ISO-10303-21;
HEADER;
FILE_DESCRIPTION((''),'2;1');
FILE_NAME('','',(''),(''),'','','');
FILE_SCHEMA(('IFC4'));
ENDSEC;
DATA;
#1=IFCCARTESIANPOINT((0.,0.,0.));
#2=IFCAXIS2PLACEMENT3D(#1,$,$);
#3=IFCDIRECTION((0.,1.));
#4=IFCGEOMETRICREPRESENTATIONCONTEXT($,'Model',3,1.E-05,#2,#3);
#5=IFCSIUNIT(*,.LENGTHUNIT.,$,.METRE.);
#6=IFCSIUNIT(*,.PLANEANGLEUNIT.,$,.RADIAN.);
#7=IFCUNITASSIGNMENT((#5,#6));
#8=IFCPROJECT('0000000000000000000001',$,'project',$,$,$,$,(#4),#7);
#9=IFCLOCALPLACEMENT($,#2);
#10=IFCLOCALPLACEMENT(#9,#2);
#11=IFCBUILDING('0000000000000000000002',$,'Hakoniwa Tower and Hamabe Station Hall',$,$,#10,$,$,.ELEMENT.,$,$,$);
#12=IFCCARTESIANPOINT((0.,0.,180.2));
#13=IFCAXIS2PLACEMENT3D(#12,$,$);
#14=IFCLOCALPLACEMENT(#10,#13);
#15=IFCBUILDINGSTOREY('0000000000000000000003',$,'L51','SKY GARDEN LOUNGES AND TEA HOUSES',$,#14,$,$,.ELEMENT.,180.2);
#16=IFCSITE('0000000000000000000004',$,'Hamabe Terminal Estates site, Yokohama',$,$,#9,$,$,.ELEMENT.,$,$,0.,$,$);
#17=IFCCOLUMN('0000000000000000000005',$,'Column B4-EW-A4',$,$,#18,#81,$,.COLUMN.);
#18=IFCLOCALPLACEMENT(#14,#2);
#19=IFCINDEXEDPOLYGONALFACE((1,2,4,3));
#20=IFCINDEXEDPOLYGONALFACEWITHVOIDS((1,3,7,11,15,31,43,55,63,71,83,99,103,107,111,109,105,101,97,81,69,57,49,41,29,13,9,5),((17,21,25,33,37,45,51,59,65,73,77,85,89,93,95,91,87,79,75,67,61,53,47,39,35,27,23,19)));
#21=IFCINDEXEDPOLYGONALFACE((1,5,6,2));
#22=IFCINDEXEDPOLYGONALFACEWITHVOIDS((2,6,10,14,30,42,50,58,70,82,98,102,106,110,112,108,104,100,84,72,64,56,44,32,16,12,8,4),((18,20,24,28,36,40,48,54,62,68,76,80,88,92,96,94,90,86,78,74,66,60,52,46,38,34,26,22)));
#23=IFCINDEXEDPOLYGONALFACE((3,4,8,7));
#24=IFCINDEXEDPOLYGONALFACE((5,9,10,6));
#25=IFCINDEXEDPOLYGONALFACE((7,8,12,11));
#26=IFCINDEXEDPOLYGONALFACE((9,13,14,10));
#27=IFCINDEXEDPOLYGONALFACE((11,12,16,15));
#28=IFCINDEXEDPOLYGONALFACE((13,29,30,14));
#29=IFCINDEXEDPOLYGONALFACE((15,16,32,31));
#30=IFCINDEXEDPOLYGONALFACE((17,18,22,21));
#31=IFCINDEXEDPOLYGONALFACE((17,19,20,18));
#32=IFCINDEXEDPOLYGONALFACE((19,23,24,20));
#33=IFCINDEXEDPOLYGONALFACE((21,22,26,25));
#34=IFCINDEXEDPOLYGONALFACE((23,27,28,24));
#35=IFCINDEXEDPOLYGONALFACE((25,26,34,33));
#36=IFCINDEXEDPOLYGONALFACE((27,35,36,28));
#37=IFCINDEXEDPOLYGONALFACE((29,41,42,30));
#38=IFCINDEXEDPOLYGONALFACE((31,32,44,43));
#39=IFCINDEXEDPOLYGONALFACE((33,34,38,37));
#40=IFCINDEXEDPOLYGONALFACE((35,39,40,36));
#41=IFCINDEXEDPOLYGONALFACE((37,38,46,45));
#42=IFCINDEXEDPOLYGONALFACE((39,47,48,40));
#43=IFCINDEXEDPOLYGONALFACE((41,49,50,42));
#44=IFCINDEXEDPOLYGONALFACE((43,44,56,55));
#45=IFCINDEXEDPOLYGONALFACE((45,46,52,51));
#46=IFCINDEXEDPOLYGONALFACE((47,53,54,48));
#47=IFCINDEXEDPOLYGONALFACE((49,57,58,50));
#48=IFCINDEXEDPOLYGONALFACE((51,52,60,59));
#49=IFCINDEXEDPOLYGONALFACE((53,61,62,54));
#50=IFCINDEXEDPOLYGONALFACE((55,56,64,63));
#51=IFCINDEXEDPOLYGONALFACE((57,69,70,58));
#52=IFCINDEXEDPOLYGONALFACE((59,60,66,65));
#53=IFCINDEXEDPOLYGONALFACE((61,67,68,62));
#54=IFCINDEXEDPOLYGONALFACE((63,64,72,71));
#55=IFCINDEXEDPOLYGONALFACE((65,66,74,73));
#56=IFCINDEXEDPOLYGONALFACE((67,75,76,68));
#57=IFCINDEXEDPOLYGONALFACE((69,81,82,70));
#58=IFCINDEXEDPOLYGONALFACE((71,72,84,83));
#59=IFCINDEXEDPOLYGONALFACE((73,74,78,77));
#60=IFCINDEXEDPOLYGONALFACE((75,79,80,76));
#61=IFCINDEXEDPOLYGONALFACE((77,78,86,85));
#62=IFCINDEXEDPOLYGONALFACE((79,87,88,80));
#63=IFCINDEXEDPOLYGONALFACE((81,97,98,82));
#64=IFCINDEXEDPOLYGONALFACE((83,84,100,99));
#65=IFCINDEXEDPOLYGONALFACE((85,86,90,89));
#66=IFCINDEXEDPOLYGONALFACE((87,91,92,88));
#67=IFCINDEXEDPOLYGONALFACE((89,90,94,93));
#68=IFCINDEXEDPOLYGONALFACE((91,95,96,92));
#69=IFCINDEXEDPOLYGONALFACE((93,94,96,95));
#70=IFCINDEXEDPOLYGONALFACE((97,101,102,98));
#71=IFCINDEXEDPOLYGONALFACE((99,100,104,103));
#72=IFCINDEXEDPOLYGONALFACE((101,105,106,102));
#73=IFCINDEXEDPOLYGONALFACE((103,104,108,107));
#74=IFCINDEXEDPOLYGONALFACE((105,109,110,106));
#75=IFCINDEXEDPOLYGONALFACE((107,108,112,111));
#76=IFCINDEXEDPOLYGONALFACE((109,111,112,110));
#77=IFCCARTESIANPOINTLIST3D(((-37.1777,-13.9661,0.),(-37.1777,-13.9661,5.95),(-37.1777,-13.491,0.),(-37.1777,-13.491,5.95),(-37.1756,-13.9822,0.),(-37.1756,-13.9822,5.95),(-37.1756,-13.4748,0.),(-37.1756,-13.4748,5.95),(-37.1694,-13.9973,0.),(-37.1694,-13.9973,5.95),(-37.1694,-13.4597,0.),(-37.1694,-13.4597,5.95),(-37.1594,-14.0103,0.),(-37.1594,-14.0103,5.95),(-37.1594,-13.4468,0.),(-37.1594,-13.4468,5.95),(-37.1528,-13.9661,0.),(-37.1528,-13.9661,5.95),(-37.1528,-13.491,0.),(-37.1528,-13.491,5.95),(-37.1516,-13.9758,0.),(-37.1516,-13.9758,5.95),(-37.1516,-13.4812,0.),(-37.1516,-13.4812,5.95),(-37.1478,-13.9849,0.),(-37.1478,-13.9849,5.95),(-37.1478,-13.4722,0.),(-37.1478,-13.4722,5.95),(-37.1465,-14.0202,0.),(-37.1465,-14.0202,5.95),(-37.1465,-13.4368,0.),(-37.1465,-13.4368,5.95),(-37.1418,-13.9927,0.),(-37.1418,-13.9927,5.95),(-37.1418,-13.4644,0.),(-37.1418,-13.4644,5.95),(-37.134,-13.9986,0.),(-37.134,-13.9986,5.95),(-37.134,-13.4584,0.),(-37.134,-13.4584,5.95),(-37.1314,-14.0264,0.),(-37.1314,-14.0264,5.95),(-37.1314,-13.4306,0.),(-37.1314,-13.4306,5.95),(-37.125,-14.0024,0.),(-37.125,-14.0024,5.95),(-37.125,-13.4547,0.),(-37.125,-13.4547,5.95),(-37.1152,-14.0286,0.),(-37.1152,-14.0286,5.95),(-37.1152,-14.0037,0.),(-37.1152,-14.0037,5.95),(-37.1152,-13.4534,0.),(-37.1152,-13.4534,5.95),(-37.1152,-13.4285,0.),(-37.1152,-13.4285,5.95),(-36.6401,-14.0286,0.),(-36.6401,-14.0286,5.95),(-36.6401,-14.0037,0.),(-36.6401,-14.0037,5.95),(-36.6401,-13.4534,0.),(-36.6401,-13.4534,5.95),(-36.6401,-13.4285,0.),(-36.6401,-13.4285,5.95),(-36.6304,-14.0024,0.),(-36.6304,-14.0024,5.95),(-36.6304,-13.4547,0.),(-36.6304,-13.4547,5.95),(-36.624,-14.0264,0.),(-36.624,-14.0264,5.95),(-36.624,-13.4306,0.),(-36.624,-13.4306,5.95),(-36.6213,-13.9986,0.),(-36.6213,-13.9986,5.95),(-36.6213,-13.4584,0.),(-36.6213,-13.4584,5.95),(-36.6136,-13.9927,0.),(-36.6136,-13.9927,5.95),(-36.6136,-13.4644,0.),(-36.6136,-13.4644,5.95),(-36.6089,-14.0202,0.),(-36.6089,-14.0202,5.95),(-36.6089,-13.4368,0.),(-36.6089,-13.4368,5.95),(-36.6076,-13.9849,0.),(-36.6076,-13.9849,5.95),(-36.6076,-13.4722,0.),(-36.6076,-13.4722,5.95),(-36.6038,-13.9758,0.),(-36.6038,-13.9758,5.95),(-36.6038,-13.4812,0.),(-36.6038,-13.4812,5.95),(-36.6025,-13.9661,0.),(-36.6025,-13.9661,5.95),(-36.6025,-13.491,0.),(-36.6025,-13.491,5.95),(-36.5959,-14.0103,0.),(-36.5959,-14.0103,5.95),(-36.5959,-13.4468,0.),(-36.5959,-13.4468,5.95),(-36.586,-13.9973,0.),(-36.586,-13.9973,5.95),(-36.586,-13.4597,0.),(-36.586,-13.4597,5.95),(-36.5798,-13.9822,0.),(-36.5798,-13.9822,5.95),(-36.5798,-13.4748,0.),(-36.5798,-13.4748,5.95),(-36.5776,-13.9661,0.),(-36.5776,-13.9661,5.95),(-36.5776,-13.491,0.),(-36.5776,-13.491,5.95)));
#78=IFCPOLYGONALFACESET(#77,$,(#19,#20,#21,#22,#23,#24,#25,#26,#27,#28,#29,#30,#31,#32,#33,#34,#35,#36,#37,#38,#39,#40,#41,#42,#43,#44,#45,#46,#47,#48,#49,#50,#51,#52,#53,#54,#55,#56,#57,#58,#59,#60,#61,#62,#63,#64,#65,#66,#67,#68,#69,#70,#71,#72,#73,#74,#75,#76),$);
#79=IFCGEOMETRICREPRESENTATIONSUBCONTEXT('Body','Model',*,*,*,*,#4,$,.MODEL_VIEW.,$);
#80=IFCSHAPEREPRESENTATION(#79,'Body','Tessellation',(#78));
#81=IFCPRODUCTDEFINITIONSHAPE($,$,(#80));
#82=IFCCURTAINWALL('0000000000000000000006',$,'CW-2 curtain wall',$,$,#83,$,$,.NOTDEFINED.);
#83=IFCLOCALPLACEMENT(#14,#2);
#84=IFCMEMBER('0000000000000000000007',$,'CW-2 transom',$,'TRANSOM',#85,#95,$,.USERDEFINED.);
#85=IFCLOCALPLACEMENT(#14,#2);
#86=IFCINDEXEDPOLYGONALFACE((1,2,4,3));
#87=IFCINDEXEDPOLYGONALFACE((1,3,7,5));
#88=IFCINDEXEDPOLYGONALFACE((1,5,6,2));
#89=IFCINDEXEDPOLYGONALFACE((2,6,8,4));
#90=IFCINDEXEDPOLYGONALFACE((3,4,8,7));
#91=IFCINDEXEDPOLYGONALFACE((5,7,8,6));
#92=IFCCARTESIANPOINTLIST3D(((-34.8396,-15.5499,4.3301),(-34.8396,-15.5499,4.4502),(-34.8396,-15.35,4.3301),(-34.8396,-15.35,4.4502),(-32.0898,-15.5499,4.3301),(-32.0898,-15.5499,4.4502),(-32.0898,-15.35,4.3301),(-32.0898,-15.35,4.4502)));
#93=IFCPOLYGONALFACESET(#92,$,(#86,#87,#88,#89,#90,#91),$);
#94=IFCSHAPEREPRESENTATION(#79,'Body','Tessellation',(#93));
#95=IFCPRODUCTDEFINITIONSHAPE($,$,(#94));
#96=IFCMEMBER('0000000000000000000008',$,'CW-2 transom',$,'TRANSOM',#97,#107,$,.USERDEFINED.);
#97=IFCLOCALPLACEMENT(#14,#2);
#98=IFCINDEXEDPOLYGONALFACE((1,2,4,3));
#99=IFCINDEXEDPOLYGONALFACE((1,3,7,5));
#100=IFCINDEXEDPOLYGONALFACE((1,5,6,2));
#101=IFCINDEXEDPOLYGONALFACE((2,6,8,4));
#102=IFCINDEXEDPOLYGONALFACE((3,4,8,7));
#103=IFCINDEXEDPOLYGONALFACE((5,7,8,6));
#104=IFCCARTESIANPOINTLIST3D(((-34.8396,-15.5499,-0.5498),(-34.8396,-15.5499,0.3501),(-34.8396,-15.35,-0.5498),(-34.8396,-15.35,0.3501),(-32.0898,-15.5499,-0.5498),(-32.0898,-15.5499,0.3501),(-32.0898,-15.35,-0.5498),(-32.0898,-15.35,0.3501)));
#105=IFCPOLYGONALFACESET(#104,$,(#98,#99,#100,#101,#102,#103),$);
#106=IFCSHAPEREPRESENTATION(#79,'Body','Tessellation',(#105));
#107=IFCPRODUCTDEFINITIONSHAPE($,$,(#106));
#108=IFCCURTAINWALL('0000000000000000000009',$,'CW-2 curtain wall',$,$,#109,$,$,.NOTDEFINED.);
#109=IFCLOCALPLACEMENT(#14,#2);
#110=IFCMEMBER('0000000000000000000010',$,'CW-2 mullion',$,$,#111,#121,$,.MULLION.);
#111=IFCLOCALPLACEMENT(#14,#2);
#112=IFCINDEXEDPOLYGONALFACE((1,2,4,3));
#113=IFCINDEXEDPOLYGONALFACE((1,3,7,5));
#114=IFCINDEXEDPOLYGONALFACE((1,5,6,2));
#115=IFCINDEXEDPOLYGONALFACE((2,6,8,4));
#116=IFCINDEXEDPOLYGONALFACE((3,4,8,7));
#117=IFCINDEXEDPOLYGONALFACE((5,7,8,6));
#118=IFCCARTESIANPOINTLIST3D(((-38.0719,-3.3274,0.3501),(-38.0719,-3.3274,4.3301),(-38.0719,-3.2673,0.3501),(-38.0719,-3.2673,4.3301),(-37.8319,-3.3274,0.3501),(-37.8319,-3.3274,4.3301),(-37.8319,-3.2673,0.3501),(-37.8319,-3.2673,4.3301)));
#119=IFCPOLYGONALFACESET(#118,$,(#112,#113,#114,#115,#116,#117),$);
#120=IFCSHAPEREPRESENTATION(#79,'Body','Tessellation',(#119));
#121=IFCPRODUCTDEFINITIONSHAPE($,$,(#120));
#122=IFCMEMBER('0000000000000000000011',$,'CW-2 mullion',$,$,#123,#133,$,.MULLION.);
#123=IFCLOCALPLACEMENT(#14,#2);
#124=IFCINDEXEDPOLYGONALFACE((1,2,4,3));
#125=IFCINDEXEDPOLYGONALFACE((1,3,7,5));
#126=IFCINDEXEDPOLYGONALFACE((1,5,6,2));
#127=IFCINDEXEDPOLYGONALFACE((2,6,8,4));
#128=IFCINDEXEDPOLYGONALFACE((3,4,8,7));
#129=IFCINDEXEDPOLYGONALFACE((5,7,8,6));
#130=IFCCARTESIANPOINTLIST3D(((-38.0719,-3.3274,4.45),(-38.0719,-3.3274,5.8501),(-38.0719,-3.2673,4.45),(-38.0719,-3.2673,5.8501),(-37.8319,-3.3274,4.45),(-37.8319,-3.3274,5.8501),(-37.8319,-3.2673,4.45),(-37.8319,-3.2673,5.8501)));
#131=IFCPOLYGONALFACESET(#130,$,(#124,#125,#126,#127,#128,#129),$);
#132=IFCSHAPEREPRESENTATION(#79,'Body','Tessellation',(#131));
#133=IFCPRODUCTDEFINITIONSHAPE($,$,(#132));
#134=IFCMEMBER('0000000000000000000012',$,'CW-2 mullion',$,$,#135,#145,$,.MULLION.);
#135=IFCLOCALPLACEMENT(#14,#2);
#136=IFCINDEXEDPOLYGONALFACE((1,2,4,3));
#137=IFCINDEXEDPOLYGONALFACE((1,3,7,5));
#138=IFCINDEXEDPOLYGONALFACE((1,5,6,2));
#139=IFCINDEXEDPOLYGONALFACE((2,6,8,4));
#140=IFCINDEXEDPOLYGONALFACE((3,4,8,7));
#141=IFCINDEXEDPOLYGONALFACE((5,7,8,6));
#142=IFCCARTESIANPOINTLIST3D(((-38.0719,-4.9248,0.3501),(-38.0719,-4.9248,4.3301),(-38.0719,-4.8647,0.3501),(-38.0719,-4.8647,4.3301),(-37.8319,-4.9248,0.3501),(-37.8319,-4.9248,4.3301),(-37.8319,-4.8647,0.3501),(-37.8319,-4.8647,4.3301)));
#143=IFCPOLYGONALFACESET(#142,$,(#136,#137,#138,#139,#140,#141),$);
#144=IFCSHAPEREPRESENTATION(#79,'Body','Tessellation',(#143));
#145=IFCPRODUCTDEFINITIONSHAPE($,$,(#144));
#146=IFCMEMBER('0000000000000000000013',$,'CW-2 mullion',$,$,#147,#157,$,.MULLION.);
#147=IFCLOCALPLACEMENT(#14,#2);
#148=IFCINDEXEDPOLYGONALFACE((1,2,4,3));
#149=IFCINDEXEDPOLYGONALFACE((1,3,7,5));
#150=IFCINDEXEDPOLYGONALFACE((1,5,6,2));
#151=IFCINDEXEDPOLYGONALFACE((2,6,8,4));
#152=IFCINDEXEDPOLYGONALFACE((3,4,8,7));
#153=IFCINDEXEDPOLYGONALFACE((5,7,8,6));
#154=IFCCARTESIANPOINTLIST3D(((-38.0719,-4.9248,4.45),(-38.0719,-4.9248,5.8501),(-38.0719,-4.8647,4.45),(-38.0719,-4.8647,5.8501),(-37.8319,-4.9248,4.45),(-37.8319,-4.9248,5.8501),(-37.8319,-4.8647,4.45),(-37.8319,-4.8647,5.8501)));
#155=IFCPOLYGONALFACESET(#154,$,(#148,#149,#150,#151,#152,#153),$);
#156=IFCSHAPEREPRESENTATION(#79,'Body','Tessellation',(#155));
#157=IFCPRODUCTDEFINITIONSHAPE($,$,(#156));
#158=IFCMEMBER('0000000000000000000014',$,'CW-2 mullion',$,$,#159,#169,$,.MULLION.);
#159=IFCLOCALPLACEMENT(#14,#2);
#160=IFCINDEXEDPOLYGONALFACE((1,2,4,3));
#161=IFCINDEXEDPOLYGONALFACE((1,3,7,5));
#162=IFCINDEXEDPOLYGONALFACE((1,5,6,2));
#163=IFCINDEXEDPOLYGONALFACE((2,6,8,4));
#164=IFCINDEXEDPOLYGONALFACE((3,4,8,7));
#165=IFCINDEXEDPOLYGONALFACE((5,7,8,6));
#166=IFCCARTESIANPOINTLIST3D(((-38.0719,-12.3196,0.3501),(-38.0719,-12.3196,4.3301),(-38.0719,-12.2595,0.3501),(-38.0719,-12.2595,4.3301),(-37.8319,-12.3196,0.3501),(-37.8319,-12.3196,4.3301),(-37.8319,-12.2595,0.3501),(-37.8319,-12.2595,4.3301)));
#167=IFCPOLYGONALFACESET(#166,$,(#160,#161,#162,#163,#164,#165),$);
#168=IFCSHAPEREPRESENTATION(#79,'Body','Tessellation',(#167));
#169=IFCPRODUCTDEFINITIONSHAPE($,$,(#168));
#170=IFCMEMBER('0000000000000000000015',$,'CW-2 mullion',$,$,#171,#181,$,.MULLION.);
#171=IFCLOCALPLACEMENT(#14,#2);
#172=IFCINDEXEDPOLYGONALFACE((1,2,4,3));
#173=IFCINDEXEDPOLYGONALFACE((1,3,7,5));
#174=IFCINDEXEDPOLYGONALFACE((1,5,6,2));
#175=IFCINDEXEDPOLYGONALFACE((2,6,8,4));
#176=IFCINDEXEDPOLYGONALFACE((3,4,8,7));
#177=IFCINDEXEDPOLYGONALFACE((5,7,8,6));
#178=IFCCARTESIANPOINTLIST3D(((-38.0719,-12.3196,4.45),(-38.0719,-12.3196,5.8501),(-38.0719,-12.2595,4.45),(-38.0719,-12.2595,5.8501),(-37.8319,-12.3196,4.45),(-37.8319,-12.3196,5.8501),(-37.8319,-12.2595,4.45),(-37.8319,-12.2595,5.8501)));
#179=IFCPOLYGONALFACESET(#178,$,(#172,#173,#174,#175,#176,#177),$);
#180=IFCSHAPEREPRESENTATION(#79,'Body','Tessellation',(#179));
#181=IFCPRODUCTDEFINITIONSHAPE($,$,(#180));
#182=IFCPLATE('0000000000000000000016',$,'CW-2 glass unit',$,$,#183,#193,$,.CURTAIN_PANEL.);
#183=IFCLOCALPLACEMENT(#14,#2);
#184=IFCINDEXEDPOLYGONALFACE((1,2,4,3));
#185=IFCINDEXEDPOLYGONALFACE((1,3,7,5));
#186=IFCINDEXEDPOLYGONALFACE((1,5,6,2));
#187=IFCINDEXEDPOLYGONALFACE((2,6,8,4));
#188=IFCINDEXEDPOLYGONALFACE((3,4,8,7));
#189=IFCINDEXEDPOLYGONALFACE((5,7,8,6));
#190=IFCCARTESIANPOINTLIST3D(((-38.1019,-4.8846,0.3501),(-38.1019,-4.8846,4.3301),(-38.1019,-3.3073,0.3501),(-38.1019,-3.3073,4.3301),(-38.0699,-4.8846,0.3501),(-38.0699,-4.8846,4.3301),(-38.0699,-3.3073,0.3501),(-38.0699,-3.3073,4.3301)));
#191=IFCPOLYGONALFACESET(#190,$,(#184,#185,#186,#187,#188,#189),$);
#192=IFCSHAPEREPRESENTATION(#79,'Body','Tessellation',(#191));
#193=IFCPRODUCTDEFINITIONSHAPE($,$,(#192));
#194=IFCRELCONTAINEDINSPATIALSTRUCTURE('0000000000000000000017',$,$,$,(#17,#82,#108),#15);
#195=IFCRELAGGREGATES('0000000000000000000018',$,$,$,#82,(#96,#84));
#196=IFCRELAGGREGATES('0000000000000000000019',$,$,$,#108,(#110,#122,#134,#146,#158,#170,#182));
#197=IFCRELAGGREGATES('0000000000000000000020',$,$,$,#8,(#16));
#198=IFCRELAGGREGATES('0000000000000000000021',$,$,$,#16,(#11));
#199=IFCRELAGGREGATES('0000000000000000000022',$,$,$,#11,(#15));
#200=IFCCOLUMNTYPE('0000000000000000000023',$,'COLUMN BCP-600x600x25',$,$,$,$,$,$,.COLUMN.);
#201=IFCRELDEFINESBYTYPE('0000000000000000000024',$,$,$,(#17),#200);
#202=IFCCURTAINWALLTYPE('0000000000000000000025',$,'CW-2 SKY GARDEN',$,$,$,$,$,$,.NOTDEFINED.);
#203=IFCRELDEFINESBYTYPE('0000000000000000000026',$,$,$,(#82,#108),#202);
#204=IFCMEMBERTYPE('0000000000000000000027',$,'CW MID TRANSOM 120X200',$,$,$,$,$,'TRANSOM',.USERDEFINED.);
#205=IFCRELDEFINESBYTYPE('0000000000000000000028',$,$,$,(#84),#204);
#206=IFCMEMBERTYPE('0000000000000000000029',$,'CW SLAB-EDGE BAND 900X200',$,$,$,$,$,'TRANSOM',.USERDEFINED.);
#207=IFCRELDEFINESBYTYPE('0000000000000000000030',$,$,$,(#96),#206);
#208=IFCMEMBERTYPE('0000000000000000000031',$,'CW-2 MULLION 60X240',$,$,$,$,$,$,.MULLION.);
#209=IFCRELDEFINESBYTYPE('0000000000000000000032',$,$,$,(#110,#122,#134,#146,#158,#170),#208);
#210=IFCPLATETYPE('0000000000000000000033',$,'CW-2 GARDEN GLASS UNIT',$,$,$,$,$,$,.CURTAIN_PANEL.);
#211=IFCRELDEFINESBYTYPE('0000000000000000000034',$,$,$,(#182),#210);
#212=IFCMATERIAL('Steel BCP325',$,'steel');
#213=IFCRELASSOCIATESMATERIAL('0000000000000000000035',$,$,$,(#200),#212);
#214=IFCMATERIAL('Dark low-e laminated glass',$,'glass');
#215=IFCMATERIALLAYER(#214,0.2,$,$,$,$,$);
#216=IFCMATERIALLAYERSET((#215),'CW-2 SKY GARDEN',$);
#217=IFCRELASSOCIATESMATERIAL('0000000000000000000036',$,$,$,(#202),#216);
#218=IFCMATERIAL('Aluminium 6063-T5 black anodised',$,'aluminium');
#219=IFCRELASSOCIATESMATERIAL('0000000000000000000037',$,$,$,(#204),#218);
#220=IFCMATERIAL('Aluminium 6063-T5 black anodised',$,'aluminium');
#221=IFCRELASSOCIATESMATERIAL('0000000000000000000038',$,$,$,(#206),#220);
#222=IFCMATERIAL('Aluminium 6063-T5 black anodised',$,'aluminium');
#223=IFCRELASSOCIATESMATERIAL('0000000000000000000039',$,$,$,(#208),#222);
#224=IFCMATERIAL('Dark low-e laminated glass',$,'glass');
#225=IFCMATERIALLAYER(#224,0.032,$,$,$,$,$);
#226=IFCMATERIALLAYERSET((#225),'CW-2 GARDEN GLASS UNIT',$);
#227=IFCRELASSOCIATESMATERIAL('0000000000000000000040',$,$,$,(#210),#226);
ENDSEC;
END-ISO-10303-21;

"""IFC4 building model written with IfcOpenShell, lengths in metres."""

from ifc_helpers import new_model, si_unit, direction, frame, origin, origin_2d, place, context, subcontext, project, spatial, rectangle, hollow_rectangle, extrude, material, layer, layer_set, material_profile, profile_set, type_object, element, aggregate, save


model = new_model("IFC4")

# Units and contexts
model_context = context("Model", 3, precision=1e-05, world=origin(), true_north=direction((0.0, 1.0)))
body_context = subcontext(model_context, "Body", "Model", "MODEL_VIEW")
ifc_project = project(units=[si_unit("LENGTHUNIT", "METRE"), si_unit("PLANEANGLEUNIT", "RADIAN")], contexts=[model_context])

# Site, building, storey
site_placement = place(None, origin())
site = spatial("IfcSite", under=ifc_project, at=site_placement, Name="Hamabe Terminal Estates site, Yokohama", CompositionType="ELEMENT", RefElevation=0.0)
building_placement = place(site_placement, origin())
building = spatial("IfcBuilding", under=site, at=building_placement, Name="Hakoniwa Tower and Hamabe Station Hall", CompositionType="ELEMENT")
storey_placement = place(building_placement, frame((0.0, 0.0, 180.2)))
storey = spatial("IfcBuildingStorey", under=building, at=storey_placement, Name="L51", Description="SKY GARDEN LOUNGES AND TEA HOUSES", CompositionType="ELEMENT", Elevation=180.2)

# Column
ifc_material_1 = material(Name="Steel BCP325", Category="steel")
ifc_material_profile_1 = material_profile(ifc_material_1, hollow_rectangle(XDim=0.6001, YDim=0.6001, WallThickness=0.0249, InnerFilletRadius=0.0376, OuterFilletRadius=0.0625, at=origin_2d()), Name="BCP-600x600x25")
ifc_profile_set_1 = profile_set([ifc_material_profile_1], Name="Steel BCP325")
column_type = type_object("IfcColumnType", Name="COLUMN BCP-600x600x25", PredefinedType="COLUMN", material=ifc_profile_set_1)
column_placement = place(storey_placement, frame((-36.8777, -13.7285, 0.0), z_axis=(0.0, 0.0, 1.0), x_axis=(1.0, 0.0, 0.0)))
element("IfcColumn", 1, at=column_placement, inside=storey, type_object=column_type, Name="Column B4-EW-A4", PredefinedType="COLUMN", context=body_context, shape_type="SweptSolid", body=[
    extrude(hollow_rectangle(XDim=0.6001, YDim=0.6001, WallThickness=0.0249, InnerFilletRadius=0.0376, OuterFilletRadius=0.0625, at=origin_2d()), origin(), (0.0, 0.0, 1.0), 5.95),
])

# Curtain wall, members
ifc_material_2 = material(Name="Dark low-e laminated glass", Category="glass")
ifc_layer_1 = layer(ifc_material_2, 0.2)
ifc_layer_set_1 = layer_set([ifc_layer_1], Name="CW-2 SKY GARDEN")
curtain_wall_type = type_object("IfcCurtainWallType", Name="CW-2 SKY GARDEN", PredefinedType="NOTDEFINED", material=ifc_layer_set_1)
curtain_wall_1_placement = place(storey_placement, origin())
curtain_wall_1 = element("IfcCurtainWall", 2, at=curtain_wall_1_placement, inside=storey, type_object=curtain_wall_type, Name="CW-2 curtain wall", PredefinedType="NOTDEFINED")
ifc_material_3 = material(Name="Aluminium 6063-T5 black anodised", Category="aluminium")
ifc_material_profile_2 = material_profile(ifc_material_3, rectangle(XDim=0.2, YDim=0.1201, at=origin_2d()), Name="CW MID TRANSOM 120X200")
ifc_profile_set_2 = profile_set([ifc_material_profile_2], Name="Aluminium 6063-T5 black anodised")
member_type_1 = type_object("IfcMemberType", Name="CW MID TRANSOM 120X200", ElementType="TRANSOM", PredefinedType="USERDEFINED", material=ifc_profile_set_2)
member_1_placement = place(storey_placement, frame((-34.8396, -15.45, 4.3901), z_axis=(1.0, 0.0, 0.0), x_axis=(0.0, 1.0, 0.0)))
member_1 = element("IfcMember", 3, at=member_1_placement, type_object=member_type_1, Name="CW-2 transom", ObjectType="TRANSOM", PredefinedType="USERDEFINED", context=body_context, shape_type="SweptSolid", body=[
    extrude(rectangle(XDim=0.2, YDim=0.1201, at=origin_2d()), origin(), (0.0, 0.0, 1.0), 2.7498),
])
ifc_material_4 = material(Name="Aluminium 6063-T5 black anodised", Category="aluminium")
ifc_material_profile_3 = material_profile(ifc_material_4, rectangle(XDim=0.2, YDim=0.8999, at=origin_2d()), Name="CW SLAB-EDGE BAND 900X200")
ifc_profile_set_3 = profile_set([ifc_material_profile_3], Name="Aluminium 6063-T5 black anodised")
member_type_2 = type_object("IfcMemberType", Name="CW SLAB-EDGE BAND 900X200", ElementType="TRANSOM", PredefinedType="USERDEFINED", material=ifc_profile_set_3)
member_2_placement = place(storey_placement, frame((-34.8396, -15.45, -0.0999), z_axis=(1.0, 0.0, 0.0), x_axis=(0.0, 1.0, 0.0)))
member_2 = element("IfcMember", 4, at=member_2_placement, type_object=member_type_2, Name="CW-2 transom", ObjectType="TRANSOM", PredefinedType="USERDEFINED", context=body_context, shape_type="SweptSolid", body=[
    extrude(rectangle(XDim=0.2, YDim=0.8999, at=origin_2d()), origin(), (0.0, 0.0, 1.0), 2.7498),
])
aggregate(curtain_wall_1, [member_2, member_1])

# Curtain wall, members, plate
curtain_wall_2_placement = place(storey_placement, origin())
curtain_wall_2 = element("IfcCurtainWall", 5, at=curtain_wall_2_placement, inside=storey, type_object=curtain_wall_type, Name="CW-2 curtain wall", PredefinedType="NOTDEFINED")
ifc_material_5 = material(Name="Aluminium 6063-T5 black anodised", Category="aluminium")
ifc_material_profile_4 = material_profile(ifc_material_5, rectangle(XDim=0.0601, YDim=0.24, at=origin_2d()), Name="CW-2 MULLION 60X240")
ifc_profile_set_4 = profile_set([ifc_material_profile_4], Name="Aluminium 6063-T5 black anodised")
member_type_3 = type_object("IfcMemberType", Name="CW-2 MULLION 60X240", PredefinedType="MULLION", material=ifc_profile_set_4)
member_3_placement = place(storey_placement, frame((-37.9519, -3.2974, 0.3501), z_axis=(0.0, 0.0, 1.0), x_axis=(0.0, -1.0, 0.0)))
member_3 = element("IfcMember", 6, at=member_3_placement, type_object=member_type_3, Name="CW-2 mullion", PredefinedType="MULLION", context=body_context, shape_type="SweptSolid", body=[
    extrude(rectangle(XDim=0.0601, YDim=0.24, at=origin_2d()), origin(), (0.0, 0.0, 1.0), 3.98),
])
member_4_placement = place(storey_placement, frame((-37.9519, -3.2974, 4.45), z_axis=(0.0, 0.0, 1.0), x_axis=(0.0, -1.0, 0.0)))
member_4 = element("IfcMember", 7, at=member_4_placement, type_object=member_type_3, Name="CW-2 mullion", PredefinedType="MULLION", context=body_context, shape_type="SweptSolid", body=[
    extrude(rectangle(XDim=0.0601, YDim=0.24, at=origin_2d()), origin(), (0.0, 0.0, 1.0), 1.4001),
])
member_5_placement = place(storey_placement, frame((-37.9519, -4.8948, 0.3501), z_axis=(0.0, 0.0, 1.0), x_axis=(0.0, -1.0, 0.0)))
member_5 = element("IfcMember", 8, at=member_5_placement, type_object=member_type_3, Name="CW-2 mullion", PredefinedType="MULLION", context=body_context, shape_type="SweptSolid", body=[
    extrude(rectangle(XDim=0.0601, YDim=0.24, at=origin_2d()), origin(), (0.0, 0.0, 1.0), 3.98),
])
member_6_placement = place(storey_placement, frame((-37.9519, -4.8948, 4.45), z_axis=(0.0, 0.0, 1.0), x_axis=(0.0, -1.0, 0.0)))
member_6 = element("IfcMember", 9, at=member_6_placement, type_object=member_type_3, Name="CW-2 mullion", PredefinedType="MULLION", context=body_context, shape_type="SweptSolid", body=[
    extrude(rectangle(XDim=0.0601, YDim=0.24, at=origin_2d()), origin(), (0.0, 0.0, 1.0), 1.4001),
])
member_7_placement = place(storey_placement, frame((-37.9519, -12.2896, 0.3501), z_axis=(0.0, 0.0, 1.0), x_axis=(0.0, -1.0, 0.0)))
member_7 = element("IfcMember", 10, at=member_7_placement, type_object=member_type_3, Name="CW-2 mullion", PredefinedType="MULLION", context=body_context, shape_type="SweptSolid", body=[
    extrude(rectangle(XDim=0.0601, YDim=0.24, at=origin_2d()), origin(), (0.0, 0.0, 1.0), 3.98),
])
member_8_placement = place(storey_placement, frame((-37.9519, -12.2896, 4.45), z_axis=(0.0, 0.0, 1.0), x_axis=(0.0, -1.0, 0.0)))
member_8 = element("IfcMember", 11, at=member_8_placement, type_object=member_type_3, Name="CW-2 mullion", PredefinedType="MULLION", context=body_context, shape_type="SweptSolid", body=[
    extrude(rectangle(XDim=0.0601, YDim=0.24, at=origin_2d()), origin(), (0.0, 0.0, 1.0), 1.4001),
])
ifc_material_6 = material(Name="Dark low-e laminated glass", Category="glass")
ifc_layer_2 = layer(ifc_material_6, 0.032)
ifc_layer_set_2 = layer_set([ifc_layer_2], Name="CW-2 GARDEN GLASS UNIT")
plate_type = type_object("IfcPlateType", Name="CW-2 GARDEN GLASS UNIT", PredefinedType="CURTAIN_PANEL", material=ifc_layer_set_2)
plate_1_placement = place(storey_placement, frame((-38.0859, -4.0959, 0.3501), z_axis=(0.0, 0.0, 1.0), x_axis=(0.0, -1.0, 0.0)))
plate_1 = element("IfcPlate", 12, at=plate_1_placement, type_object=plate_type, Name="CW-2 glass unit", PredefinedType="CURTAIN_PANEL", context=body_context, shape_type="SweptSolid", body=[
    extrude(rectangle(XDim=1.5774, YDim=0.032, at=origin_2d()), origin(), (0.0, 0.0, 1.0), 3.98),
])

aggregate(curtain_wall_2, [member_3, member_4, member_5, member_6, member_7, member_8, plate_1])

save(model, "model.ifc")
